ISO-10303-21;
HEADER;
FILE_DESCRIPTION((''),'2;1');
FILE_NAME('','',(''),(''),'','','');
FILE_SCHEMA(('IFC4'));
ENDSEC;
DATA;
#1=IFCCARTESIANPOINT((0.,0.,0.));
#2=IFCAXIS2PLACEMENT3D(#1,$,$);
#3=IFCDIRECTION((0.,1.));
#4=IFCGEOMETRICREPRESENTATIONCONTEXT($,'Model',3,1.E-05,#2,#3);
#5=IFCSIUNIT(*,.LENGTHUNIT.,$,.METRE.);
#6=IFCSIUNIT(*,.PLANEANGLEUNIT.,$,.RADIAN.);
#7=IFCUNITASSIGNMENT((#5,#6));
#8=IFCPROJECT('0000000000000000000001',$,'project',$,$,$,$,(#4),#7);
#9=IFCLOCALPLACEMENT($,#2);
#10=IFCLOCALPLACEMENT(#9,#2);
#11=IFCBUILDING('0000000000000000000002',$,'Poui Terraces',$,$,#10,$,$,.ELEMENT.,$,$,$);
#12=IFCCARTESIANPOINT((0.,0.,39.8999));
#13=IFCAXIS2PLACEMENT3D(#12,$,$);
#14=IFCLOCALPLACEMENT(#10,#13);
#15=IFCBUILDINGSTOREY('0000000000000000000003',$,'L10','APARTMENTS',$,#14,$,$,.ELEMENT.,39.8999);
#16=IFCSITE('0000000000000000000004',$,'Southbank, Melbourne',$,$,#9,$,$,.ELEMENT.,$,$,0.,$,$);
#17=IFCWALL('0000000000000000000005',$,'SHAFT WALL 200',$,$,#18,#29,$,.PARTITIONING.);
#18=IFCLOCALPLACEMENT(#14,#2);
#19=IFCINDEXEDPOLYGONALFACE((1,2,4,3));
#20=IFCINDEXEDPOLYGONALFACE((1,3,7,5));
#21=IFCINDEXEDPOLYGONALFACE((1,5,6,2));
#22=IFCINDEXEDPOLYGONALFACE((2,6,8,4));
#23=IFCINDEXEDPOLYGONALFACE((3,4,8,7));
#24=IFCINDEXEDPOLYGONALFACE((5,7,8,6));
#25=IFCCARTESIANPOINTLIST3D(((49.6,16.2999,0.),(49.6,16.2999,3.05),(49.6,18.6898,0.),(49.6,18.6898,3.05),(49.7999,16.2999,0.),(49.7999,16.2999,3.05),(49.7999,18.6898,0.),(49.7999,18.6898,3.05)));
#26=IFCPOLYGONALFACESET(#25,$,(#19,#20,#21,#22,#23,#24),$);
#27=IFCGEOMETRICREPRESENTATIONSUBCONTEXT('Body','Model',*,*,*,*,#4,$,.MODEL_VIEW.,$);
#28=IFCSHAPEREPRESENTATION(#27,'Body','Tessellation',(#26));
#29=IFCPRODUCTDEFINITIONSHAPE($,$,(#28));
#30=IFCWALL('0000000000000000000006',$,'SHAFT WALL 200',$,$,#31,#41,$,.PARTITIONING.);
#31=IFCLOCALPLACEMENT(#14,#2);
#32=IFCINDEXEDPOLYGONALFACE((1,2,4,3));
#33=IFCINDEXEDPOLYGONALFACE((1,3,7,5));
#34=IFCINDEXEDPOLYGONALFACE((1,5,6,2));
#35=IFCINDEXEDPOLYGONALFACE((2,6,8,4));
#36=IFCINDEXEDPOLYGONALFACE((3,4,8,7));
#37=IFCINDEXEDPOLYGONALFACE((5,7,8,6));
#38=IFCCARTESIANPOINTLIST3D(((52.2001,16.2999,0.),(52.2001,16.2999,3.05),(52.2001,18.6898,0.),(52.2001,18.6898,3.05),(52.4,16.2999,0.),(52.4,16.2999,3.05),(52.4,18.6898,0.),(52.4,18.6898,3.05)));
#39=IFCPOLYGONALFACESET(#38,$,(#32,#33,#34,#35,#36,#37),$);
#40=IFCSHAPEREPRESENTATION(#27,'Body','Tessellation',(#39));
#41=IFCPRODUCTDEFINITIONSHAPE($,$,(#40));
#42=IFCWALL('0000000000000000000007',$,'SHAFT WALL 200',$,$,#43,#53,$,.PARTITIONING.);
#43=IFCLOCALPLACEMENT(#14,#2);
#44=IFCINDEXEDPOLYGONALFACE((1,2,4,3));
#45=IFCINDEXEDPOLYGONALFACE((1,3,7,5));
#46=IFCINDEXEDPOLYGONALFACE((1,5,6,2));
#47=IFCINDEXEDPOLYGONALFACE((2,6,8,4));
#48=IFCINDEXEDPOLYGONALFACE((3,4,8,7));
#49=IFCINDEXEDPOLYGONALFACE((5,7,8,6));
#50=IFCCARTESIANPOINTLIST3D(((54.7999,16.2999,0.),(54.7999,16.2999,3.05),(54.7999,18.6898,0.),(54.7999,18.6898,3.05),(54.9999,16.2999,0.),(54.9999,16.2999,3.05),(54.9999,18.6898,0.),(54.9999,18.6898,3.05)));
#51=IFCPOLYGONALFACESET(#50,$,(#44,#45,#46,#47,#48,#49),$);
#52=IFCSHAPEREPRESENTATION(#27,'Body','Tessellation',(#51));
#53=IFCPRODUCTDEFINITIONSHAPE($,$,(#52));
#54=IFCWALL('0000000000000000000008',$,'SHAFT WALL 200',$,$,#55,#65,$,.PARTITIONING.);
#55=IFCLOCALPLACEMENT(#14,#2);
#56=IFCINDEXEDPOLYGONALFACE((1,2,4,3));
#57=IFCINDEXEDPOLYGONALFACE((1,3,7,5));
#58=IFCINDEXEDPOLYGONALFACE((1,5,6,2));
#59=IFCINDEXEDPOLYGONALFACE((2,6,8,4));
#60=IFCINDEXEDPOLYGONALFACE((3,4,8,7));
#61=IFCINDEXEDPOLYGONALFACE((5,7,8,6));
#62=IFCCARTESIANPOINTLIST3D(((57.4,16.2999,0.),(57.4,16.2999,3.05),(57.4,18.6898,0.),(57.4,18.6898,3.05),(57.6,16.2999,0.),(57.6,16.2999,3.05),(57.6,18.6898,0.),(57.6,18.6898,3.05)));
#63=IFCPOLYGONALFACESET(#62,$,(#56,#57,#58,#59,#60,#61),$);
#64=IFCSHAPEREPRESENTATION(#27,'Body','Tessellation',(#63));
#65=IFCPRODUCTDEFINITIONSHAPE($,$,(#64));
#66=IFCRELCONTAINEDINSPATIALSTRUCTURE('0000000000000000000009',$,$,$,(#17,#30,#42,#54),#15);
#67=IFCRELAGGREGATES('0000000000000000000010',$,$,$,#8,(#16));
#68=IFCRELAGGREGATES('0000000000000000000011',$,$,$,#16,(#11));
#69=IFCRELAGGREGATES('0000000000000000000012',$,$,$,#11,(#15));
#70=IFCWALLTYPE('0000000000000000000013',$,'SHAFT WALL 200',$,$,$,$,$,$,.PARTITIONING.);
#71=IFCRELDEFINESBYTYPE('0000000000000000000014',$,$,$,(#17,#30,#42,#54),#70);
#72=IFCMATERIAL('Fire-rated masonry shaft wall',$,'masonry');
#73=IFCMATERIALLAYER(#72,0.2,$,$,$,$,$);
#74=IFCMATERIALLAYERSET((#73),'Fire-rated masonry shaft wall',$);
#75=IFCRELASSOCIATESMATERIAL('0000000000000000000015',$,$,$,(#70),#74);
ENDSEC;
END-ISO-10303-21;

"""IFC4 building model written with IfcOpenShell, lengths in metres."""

from ifc_helpers import new_model, si_unit, direction, frame, frame_2d, origin, place, context, subcontext, project, spatial, rectangle, extrude, material, layer, layer_set, type_object, element, save


model = new_model("IFC4")

# Units and contexts
model_context = context("Model", 3, precision=1e-05, world=origin(), true_north=direction((0.0, 1.0)))
body_context = subcontext(model_context, "Body", "Model", "MODEL_VIEW")
ifc_project = project(units=[si_unit("LENGTHUNIT", "METRE"), si_unit("PLANEANGLEUNIT", "RADIAN")], contexts=[model_context])

# Site, building, storey
site_placement = place(None, origin())
site = spatial("IfcSite", under=ifc_project, at=site_placement, Name="Southbank, Melbourne", CompositionType="ELEMENT", RefElevation=0.0)
building_placement = place(site_placement, origin())
building = spatial("IfcBuilding", under=site, at=building_placement, Name="Poui Terraces", CompositionType="ELEMENT")
storey_placement = place(building_placement, frame((0.0, 0.0, 39.8999)))
storey = spatial("IfcBuildingStorey", under=building, at=storey_placement, Name="L10", Description="APARTMENTS", CompositionType="ELEMENT", Elevation=39.8999)

# Walls
ifc_material_1 = material(Name="Fire-rated masonry shaft wall", Category="masonry")
ifc_layer_1 = layer(ifc_material_1, 0.2)
ifc_layer_set_1 = layer_set([ifc_layer_1], Name="Fire-rated masonry shaft wall")
wall_type_1 = type_object("IfcWallType", Name="SHAFT WALL 200", PredefinedType="PARTITIONING", material=ifc_layer_set_1)
for number, where, z_axis, x_axis, name in (
    (1, (49.7, 16.3, 0.0), (0.0, 0.0, 1.0), (0.0, 1.0, 0.0), "SHAFT WALL 200"),
    (2, (52.3, 16.3, 0.0), (0.0, 0.0, 1.0), (0.0, 1.0, 0.0), "SHAFT WALL 200"),
    (3, (54.8999, 16.3, 0.0), (0.0, 0.0, 1.0), (0.0, 1.0, 0.0), "SHAFT WALL 200"),
    (4, (57.5, 16.3, 0.0), (0.0, 0.0, 1.0), (0.0, 1.0, 0.0), "SHAFT WALL 200"),
):
    element("IfcWall", number, at=place(storey_placement, frame(where, z_axis=z_axis, x_axis=x_axis)), inside=storey, type_object=wall_type_1, Name=name, PredefinedType="PARTITIONING", context=body_context, shape_type="SweptSolid", body=[
        extrude(rectangle(XDim=2.3899, YDim=0.2, at=frame_2d((1.1948, 0.0))), origin(), (0.0, 0.0, 1.0), 3.05),
    ])

save(model, "model.ifc")
